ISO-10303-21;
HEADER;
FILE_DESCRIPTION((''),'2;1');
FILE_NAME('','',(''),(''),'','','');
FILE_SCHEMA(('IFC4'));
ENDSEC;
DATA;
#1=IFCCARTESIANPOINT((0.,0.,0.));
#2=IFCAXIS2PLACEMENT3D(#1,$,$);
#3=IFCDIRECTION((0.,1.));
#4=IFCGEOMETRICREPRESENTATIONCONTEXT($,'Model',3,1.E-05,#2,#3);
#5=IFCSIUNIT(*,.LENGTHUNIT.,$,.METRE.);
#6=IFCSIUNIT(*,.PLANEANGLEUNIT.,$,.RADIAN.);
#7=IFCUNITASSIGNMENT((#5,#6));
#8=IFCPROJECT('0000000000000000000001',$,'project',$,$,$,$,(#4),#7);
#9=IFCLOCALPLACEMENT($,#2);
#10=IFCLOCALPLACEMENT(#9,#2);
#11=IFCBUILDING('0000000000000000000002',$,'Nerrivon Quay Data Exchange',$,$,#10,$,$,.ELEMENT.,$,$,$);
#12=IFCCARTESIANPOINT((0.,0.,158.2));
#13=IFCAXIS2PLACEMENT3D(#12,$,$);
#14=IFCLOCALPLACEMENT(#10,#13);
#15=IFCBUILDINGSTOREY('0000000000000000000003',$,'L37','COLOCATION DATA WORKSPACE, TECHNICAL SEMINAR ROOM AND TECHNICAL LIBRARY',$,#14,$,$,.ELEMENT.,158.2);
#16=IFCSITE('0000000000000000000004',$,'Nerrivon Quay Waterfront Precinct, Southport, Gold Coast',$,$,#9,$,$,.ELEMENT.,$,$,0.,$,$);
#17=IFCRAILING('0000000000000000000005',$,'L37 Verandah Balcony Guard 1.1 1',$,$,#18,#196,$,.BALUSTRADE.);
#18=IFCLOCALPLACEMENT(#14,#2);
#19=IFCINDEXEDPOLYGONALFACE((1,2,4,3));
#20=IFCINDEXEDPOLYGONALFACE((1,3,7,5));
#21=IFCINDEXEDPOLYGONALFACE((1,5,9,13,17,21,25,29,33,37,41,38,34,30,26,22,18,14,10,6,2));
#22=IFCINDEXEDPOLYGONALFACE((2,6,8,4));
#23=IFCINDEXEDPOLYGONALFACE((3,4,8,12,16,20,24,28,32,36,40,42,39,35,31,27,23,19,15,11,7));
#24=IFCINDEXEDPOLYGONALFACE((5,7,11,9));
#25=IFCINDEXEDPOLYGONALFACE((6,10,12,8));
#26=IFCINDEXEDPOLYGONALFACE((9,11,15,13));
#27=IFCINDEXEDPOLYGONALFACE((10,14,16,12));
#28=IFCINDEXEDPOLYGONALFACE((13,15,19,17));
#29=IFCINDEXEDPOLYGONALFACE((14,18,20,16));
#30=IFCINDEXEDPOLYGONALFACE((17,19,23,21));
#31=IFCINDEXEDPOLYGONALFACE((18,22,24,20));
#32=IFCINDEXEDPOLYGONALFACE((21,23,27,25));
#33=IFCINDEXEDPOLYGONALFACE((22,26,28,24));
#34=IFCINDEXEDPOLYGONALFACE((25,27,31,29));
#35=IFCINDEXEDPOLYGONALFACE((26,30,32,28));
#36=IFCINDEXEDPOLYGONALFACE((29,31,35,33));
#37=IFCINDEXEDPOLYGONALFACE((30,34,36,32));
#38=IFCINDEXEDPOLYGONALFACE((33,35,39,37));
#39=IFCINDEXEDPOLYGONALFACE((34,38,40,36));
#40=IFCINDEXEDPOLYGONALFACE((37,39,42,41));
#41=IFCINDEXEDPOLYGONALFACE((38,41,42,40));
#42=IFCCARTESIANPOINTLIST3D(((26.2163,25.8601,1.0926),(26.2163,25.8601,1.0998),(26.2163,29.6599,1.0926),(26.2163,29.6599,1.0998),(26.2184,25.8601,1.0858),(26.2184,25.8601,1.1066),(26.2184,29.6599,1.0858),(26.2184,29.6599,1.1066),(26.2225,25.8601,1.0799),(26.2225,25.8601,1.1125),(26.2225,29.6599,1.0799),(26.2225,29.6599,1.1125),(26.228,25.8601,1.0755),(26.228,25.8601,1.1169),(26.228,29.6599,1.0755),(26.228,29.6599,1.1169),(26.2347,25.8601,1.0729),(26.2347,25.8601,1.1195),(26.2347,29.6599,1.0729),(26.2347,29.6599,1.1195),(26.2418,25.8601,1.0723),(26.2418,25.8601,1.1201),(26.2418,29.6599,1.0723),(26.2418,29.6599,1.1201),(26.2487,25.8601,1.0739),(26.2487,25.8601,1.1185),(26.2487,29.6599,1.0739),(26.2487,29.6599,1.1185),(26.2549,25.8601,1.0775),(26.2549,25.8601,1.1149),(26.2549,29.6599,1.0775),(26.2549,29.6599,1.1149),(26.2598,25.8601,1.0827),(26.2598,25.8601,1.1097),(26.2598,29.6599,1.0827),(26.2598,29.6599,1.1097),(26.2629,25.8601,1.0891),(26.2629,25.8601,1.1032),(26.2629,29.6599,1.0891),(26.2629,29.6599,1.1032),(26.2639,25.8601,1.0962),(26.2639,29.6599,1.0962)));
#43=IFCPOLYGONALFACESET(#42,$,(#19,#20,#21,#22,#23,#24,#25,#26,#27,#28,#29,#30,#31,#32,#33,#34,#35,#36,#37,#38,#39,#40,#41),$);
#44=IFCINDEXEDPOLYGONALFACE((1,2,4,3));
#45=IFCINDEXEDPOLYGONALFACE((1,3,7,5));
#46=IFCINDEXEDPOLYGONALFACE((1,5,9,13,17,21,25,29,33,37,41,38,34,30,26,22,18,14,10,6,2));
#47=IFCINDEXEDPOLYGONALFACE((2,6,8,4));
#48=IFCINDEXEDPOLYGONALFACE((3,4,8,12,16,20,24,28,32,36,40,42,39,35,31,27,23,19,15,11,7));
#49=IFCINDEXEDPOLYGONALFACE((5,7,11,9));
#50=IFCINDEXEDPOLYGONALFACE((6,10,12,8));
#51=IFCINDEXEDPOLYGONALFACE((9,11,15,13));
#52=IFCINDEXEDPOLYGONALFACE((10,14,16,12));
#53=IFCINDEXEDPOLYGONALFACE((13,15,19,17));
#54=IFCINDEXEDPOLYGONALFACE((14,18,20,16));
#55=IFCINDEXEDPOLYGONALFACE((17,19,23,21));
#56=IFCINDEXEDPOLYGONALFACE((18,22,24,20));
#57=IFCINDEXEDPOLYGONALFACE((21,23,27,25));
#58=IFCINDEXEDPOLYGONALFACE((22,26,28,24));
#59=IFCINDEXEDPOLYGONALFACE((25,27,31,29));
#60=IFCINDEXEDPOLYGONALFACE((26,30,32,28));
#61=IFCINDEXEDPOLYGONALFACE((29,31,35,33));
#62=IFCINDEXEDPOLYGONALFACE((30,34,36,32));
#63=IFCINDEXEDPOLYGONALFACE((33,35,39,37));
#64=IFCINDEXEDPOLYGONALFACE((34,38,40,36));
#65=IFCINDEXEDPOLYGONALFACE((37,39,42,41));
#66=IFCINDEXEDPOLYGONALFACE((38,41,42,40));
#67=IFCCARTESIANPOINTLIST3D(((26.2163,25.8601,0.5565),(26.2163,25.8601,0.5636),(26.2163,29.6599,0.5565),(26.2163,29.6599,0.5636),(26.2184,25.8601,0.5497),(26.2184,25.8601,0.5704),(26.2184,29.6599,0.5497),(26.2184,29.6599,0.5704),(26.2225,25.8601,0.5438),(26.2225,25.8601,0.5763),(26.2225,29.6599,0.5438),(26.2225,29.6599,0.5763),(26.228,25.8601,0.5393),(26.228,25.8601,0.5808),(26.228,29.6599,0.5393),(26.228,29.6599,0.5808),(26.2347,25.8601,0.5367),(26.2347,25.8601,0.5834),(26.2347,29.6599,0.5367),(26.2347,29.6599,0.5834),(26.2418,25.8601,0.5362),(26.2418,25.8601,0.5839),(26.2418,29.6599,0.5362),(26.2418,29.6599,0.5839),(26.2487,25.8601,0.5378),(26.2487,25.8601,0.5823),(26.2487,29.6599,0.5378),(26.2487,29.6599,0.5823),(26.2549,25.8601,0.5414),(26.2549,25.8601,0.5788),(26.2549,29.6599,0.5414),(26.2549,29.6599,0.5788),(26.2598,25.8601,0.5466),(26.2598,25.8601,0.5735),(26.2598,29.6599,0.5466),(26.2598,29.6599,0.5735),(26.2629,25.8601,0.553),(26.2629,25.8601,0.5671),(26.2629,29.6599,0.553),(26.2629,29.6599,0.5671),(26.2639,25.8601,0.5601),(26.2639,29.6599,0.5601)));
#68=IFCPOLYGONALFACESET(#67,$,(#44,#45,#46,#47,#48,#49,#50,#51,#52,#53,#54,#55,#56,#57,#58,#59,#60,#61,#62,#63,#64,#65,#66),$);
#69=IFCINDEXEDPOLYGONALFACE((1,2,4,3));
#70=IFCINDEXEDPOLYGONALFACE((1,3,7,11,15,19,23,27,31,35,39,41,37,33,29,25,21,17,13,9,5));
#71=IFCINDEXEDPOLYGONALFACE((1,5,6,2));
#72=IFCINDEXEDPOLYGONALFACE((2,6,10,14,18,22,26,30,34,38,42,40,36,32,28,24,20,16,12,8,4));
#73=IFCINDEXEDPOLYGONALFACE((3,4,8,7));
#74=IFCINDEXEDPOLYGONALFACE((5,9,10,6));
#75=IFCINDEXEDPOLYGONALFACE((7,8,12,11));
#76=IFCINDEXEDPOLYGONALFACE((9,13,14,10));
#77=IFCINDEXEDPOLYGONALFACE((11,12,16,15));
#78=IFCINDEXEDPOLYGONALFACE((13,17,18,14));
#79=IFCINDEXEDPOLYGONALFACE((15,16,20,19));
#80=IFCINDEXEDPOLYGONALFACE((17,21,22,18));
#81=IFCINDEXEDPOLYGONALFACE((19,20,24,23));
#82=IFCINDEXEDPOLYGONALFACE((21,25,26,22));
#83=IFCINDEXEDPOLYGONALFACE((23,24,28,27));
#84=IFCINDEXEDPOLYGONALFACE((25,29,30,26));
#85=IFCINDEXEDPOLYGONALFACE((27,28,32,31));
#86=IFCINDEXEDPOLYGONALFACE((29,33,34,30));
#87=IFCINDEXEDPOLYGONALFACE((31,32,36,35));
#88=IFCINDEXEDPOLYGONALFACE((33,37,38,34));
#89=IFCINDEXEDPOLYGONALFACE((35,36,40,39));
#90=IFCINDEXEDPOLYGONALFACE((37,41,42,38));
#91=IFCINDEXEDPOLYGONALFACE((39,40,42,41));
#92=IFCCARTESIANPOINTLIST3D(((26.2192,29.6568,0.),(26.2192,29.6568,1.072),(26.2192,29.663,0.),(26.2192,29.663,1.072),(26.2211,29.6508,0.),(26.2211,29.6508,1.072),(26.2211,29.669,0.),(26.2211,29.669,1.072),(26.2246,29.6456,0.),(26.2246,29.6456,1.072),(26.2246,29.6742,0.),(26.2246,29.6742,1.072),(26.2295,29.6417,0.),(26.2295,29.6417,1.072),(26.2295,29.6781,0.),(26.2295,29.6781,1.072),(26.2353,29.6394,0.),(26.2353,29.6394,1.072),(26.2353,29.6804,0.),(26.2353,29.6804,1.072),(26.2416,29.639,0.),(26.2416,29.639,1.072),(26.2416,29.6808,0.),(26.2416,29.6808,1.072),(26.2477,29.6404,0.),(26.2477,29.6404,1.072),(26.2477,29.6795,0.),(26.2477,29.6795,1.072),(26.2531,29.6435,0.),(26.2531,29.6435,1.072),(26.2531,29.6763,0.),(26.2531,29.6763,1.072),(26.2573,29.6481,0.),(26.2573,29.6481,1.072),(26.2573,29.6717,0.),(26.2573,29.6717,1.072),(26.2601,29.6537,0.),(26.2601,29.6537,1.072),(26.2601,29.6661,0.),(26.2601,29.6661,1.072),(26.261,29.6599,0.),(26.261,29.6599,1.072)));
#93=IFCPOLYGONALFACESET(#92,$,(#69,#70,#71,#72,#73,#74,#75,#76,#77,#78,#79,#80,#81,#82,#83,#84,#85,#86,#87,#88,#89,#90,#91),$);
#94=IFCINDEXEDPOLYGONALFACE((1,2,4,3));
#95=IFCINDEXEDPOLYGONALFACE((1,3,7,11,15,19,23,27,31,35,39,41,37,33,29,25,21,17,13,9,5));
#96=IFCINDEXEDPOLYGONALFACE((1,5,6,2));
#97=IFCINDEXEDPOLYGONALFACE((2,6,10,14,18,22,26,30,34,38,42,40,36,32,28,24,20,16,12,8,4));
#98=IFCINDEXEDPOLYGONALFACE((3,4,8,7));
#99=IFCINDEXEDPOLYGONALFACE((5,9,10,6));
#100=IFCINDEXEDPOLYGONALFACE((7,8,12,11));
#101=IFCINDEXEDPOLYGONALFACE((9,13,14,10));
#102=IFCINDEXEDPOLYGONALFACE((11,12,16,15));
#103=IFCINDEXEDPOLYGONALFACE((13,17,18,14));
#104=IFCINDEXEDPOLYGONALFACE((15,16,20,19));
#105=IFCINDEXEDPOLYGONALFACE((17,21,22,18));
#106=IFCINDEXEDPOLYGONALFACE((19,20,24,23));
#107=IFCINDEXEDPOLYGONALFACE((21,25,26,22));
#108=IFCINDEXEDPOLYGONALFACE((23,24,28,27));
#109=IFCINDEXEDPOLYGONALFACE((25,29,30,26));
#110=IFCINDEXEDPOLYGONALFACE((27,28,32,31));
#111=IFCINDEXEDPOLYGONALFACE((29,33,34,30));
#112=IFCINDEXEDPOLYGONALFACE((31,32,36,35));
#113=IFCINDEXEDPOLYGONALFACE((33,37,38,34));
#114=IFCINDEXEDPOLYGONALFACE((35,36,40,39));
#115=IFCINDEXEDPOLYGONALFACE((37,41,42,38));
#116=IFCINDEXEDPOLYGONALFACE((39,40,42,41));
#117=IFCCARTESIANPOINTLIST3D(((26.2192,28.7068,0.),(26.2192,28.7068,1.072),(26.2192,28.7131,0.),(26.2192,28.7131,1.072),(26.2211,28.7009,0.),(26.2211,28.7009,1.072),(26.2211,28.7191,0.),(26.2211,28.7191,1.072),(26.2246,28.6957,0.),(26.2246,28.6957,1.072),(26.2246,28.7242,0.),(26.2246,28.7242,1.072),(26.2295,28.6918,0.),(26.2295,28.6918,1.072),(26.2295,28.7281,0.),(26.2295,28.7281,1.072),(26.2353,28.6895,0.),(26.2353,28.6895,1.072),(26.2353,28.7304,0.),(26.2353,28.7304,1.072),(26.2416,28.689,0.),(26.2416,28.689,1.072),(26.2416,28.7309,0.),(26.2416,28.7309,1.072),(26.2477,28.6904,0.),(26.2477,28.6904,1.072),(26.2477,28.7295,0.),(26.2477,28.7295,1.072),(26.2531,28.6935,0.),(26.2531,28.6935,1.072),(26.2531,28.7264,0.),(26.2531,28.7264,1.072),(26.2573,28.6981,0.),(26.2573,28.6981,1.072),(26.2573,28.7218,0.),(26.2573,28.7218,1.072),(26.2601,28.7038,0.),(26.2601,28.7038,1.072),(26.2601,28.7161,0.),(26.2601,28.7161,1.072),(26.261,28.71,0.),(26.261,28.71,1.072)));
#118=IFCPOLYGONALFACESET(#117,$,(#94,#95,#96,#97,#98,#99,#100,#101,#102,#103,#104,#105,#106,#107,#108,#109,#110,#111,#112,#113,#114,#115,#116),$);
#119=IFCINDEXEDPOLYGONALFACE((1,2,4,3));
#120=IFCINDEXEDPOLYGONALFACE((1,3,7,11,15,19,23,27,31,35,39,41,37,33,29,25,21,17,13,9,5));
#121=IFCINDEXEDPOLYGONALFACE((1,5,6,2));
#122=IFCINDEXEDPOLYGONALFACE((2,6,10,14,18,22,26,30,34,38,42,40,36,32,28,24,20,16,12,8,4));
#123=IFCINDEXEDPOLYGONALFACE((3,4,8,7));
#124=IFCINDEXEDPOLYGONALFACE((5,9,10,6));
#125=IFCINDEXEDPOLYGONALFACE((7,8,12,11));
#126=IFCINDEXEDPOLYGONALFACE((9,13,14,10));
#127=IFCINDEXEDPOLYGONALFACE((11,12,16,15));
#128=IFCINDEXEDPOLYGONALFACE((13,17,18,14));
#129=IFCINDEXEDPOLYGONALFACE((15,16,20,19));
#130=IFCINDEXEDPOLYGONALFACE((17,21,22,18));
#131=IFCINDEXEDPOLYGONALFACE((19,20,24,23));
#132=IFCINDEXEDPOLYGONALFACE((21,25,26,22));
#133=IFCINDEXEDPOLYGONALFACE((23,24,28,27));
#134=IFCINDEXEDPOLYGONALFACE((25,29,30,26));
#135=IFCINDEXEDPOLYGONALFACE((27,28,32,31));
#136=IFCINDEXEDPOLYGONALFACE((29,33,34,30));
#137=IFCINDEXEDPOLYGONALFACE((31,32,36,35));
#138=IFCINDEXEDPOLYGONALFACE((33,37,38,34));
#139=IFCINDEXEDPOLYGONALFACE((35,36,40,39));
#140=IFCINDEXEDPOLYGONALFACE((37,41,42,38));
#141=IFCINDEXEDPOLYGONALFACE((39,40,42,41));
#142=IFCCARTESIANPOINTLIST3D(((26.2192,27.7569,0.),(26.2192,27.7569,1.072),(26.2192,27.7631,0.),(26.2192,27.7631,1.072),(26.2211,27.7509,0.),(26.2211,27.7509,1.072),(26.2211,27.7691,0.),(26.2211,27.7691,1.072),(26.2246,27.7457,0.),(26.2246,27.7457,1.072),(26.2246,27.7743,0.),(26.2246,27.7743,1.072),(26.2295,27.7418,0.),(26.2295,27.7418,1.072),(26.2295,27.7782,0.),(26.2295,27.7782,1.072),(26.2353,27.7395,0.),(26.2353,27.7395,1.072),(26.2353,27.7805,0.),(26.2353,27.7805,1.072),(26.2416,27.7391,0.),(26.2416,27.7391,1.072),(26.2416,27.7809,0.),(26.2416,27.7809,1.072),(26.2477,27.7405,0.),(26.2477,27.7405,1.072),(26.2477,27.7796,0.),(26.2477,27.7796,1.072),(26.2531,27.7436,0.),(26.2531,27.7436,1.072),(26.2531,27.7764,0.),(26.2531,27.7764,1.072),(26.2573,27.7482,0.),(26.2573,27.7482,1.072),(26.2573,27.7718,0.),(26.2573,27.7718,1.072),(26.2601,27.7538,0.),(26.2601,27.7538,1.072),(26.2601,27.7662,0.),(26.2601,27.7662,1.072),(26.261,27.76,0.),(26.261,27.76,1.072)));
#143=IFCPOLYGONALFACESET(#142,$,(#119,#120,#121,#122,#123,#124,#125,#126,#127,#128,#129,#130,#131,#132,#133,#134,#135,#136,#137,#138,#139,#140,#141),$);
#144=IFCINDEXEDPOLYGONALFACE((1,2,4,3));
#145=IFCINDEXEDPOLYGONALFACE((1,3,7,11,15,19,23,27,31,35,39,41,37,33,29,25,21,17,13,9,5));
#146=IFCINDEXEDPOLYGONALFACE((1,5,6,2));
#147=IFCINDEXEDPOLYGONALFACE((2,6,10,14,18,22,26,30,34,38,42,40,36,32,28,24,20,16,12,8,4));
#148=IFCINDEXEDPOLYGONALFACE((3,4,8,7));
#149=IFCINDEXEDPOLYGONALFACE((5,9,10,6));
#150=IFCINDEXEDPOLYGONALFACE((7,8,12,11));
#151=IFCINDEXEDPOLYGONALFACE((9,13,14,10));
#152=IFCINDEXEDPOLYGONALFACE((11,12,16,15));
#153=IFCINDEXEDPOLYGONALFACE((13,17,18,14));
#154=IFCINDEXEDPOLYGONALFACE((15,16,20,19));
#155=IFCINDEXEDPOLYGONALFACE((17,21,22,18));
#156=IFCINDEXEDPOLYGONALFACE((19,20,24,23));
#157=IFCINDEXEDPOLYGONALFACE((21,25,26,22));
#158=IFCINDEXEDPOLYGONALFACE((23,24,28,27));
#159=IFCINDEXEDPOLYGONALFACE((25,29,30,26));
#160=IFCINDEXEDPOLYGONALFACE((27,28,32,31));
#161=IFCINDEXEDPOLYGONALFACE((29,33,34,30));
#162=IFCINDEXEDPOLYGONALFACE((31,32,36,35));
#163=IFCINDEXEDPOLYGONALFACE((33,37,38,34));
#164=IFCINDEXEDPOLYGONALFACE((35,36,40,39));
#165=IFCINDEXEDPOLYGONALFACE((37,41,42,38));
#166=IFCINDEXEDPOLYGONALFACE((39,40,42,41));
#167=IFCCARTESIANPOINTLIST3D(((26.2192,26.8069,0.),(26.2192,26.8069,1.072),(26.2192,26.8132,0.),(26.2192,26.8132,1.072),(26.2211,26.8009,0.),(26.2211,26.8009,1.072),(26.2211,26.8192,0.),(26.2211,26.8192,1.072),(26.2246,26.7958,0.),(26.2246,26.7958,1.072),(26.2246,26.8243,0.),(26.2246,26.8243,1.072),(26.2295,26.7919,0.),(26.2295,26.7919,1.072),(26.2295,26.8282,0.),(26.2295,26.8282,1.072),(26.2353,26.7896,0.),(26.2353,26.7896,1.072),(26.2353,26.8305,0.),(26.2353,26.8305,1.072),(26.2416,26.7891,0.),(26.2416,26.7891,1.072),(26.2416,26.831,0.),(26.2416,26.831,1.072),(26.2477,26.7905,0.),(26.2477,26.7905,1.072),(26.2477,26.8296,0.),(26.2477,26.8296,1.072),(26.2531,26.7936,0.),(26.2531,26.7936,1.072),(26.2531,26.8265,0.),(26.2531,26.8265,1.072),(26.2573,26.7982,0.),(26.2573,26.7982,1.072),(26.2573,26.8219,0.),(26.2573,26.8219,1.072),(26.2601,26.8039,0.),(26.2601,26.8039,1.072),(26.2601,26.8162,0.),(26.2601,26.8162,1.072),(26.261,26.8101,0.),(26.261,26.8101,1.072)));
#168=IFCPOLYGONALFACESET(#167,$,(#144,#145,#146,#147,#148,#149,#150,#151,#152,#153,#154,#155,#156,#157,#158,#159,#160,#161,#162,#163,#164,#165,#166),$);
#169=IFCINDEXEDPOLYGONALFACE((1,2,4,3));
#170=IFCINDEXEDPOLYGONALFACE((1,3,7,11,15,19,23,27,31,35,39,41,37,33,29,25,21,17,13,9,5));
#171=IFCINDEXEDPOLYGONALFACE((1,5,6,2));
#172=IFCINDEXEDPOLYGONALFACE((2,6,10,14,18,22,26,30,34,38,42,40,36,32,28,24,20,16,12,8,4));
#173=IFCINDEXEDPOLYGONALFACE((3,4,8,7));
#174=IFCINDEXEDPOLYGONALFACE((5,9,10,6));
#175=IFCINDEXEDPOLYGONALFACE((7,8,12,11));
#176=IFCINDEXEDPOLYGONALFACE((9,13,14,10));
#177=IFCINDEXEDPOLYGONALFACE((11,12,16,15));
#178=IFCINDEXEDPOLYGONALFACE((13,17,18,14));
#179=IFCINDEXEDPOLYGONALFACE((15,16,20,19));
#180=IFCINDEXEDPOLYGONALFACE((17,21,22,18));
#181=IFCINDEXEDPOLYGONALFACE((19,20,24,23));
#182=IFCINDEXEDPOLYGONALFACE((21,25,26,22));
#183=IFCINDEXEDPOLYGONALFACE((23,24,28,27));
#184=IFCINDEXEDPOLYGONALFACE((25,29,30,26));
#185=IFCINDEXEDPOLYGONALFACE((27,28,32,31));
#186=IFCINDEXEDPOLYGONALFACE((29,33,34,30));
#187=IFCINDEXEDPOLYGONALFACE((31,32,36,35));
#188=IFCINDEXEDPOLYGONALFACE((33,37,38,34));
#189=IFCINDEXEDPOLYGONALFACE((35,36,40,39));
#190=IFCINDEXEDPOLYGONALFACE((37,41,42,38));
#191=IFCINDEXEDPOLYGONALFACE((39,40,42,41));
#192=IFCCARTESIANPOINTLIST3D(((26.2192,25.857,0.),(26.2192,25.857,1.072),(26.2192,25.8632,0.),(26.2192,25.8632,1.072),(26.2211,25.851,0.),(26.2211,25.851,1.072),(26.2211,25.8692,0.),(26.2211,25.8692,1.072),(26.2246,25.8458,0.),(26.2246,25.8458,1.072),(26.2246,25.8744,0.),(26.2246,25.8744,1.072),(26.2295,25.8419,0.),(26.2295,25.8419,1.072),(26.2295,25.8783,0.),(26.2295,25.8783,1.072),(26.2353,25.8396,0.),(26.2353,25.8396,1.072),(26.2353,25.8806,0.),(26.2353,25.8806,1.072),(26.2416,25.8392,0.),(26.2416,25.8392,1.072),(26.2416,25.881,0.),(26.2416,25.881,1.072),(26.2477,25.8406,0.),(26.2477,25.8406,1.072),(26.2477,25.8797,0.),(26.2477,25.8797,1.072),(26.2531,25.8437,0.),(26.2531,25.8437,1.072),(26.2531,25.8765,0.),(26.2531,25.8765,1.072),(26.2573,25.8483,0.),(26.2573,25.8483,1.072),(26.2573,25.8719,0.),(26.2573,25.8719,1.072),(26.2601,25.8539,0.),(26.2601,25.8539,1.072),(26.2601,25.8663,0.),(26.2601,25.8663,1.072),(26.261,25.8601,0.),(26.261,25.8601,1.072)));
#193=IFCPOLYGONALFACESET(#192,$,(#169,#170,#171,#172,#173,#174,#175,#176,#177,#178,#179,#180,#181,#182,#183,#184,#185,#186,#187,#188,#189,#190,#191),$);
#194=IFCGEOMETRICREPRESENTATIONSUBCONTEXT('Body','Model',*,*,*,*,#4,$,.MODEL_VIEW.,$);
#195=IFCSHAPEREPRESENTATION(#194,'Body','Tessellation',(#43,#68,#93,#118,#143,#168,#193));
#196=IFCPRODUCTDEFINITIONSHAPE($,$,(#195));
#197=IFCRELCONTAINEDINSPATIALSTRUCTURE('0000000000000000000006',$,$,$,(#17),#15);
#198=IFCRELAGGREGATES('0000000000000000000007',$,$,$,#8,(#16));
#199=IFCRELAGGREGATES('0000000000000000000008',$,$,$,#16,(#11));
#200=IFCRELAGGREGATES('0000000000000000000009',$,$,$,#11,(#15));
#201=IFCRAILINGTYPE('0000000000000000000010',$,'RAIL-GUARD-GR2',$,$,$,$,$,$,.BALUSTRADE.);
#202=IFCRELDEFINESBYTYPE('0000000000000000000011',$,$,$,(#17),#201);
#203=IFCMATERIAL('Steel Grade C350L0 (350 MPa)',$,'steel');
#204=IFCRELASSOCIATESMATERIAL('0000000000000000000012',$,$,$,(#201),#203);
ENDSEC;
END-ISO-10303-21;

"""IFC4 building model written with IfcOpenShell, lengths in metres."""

from ifc_helpers import new_model, si_unit, direction, frame, origin, origin_2d, place, context, subcontext, project, spatial, circle, extrude, material, type_object, element, save


model = new_model("IFC4")

# Units and contexts
model_context = context("Model", 3, precision=1e-05, world=origin(), true_north=direction((0.0, 1.0)))
body_context = subcontext(model_context, "Body", "Model", "MODEL_VIEW")
ifc_project = project(units=[si_unit("LENGTHUNIT", "METRE"), si_unit("PLANEANGLEUNIT", "RADIAN")], contexts=[model_context])

# Site, building, storey
site_placement = place(None, origin())
site = spatial("IfcSite", under=ifc_project, at=site_placement, Name="Nerrivon Quay Waterfront Precinct, Southport, Gold Coast", CompositionType="ELEMENT", RefElevation=0.0)
building_placement = place(site_placement, origin())
building = spatial("IfcBuilding", under=site, at=building_placement, Name="Nerrivon Quay Data Exchange", CompositionType="ELEMENT")
storey_placement = place(building_placement, frame((0.0, 0.0, 158.2)))
storey = spatial("IfcBuildingStorey", under=building, at=storey_placement, Name="L37", Description="COLOCATION DATA WORKSPACE, TECHNICAL SEMINAR ROOM AND TECHNICAL LIBRARY", CompositionType="ELEMENT", Elevation=158.2)

# Railing
ifc_material_1 = material(Name="Steel Grade C350L0 (350 MPa)", Category="steel")
railing_type = type_object("IfcRailingType", Name="RAIL-GUARD-GR2", PredefinedType="BALUSTRADE", material=ifc_material_1)
railing_1_placement = place(storey_placement, frame((26.24, 29.6599, 0.0)))
element("IfcRailing", 1, at=railing_1_placement, inside=storey, type_object=railing_type, Name="L37 Verandah Balcony Guard 1.1 1", PredefinedType="BALUSTRADE", context=body_context, shape_type="SweptSolid", body=[
    extrude(circle(Radius=0.0239, at=origin_2d()), frame((0.0, 0.0, 1.0962), z_axis=(0.0, -1.0, 0.0), x_axis=(1.0, 0.0, 0.0)), (0.0, 0.0, 1.0), 3.7998),
    extrude(circle(Radius=0.0239, at=origin_2d()), frame((0.0, 0.0, 0.5601), z_axis=(0.0, -1.0, 0.0), x_axis=(1.0, 0.0, 0.0)), (0.0, 0.0, 1.0), 3.7998),
    extrude(circle(Radius=0.021, at=origin_2d()), origin(), (0.0, 0.0, 1.0), 1.072),
    extrude(circle(Radius=0.021, at=origin_2d()), frame((0.0, -0.95, 0.0)), (0.0, 0.0, 1.0), 1.072),
    extrude(circle(Radius=0.021, at=origin_2d()), frame((0.0, -1.8999, 0.0)), (0.0, 0.0, 1.0), 1.072),
    extrude(circle(Radius=0.021, at=origin_2d()), frame((0.0, -2.8499, 0.0)), (0.0, 0.0, 1.0), 1.072),
    extrude(circle(Radius=0.021, at=origin_2d()), frame((0.0, -3.7998, 0.0)), (0.0, 0.0, 1.0), 1.072),
])

save(model, "model.ifc")
